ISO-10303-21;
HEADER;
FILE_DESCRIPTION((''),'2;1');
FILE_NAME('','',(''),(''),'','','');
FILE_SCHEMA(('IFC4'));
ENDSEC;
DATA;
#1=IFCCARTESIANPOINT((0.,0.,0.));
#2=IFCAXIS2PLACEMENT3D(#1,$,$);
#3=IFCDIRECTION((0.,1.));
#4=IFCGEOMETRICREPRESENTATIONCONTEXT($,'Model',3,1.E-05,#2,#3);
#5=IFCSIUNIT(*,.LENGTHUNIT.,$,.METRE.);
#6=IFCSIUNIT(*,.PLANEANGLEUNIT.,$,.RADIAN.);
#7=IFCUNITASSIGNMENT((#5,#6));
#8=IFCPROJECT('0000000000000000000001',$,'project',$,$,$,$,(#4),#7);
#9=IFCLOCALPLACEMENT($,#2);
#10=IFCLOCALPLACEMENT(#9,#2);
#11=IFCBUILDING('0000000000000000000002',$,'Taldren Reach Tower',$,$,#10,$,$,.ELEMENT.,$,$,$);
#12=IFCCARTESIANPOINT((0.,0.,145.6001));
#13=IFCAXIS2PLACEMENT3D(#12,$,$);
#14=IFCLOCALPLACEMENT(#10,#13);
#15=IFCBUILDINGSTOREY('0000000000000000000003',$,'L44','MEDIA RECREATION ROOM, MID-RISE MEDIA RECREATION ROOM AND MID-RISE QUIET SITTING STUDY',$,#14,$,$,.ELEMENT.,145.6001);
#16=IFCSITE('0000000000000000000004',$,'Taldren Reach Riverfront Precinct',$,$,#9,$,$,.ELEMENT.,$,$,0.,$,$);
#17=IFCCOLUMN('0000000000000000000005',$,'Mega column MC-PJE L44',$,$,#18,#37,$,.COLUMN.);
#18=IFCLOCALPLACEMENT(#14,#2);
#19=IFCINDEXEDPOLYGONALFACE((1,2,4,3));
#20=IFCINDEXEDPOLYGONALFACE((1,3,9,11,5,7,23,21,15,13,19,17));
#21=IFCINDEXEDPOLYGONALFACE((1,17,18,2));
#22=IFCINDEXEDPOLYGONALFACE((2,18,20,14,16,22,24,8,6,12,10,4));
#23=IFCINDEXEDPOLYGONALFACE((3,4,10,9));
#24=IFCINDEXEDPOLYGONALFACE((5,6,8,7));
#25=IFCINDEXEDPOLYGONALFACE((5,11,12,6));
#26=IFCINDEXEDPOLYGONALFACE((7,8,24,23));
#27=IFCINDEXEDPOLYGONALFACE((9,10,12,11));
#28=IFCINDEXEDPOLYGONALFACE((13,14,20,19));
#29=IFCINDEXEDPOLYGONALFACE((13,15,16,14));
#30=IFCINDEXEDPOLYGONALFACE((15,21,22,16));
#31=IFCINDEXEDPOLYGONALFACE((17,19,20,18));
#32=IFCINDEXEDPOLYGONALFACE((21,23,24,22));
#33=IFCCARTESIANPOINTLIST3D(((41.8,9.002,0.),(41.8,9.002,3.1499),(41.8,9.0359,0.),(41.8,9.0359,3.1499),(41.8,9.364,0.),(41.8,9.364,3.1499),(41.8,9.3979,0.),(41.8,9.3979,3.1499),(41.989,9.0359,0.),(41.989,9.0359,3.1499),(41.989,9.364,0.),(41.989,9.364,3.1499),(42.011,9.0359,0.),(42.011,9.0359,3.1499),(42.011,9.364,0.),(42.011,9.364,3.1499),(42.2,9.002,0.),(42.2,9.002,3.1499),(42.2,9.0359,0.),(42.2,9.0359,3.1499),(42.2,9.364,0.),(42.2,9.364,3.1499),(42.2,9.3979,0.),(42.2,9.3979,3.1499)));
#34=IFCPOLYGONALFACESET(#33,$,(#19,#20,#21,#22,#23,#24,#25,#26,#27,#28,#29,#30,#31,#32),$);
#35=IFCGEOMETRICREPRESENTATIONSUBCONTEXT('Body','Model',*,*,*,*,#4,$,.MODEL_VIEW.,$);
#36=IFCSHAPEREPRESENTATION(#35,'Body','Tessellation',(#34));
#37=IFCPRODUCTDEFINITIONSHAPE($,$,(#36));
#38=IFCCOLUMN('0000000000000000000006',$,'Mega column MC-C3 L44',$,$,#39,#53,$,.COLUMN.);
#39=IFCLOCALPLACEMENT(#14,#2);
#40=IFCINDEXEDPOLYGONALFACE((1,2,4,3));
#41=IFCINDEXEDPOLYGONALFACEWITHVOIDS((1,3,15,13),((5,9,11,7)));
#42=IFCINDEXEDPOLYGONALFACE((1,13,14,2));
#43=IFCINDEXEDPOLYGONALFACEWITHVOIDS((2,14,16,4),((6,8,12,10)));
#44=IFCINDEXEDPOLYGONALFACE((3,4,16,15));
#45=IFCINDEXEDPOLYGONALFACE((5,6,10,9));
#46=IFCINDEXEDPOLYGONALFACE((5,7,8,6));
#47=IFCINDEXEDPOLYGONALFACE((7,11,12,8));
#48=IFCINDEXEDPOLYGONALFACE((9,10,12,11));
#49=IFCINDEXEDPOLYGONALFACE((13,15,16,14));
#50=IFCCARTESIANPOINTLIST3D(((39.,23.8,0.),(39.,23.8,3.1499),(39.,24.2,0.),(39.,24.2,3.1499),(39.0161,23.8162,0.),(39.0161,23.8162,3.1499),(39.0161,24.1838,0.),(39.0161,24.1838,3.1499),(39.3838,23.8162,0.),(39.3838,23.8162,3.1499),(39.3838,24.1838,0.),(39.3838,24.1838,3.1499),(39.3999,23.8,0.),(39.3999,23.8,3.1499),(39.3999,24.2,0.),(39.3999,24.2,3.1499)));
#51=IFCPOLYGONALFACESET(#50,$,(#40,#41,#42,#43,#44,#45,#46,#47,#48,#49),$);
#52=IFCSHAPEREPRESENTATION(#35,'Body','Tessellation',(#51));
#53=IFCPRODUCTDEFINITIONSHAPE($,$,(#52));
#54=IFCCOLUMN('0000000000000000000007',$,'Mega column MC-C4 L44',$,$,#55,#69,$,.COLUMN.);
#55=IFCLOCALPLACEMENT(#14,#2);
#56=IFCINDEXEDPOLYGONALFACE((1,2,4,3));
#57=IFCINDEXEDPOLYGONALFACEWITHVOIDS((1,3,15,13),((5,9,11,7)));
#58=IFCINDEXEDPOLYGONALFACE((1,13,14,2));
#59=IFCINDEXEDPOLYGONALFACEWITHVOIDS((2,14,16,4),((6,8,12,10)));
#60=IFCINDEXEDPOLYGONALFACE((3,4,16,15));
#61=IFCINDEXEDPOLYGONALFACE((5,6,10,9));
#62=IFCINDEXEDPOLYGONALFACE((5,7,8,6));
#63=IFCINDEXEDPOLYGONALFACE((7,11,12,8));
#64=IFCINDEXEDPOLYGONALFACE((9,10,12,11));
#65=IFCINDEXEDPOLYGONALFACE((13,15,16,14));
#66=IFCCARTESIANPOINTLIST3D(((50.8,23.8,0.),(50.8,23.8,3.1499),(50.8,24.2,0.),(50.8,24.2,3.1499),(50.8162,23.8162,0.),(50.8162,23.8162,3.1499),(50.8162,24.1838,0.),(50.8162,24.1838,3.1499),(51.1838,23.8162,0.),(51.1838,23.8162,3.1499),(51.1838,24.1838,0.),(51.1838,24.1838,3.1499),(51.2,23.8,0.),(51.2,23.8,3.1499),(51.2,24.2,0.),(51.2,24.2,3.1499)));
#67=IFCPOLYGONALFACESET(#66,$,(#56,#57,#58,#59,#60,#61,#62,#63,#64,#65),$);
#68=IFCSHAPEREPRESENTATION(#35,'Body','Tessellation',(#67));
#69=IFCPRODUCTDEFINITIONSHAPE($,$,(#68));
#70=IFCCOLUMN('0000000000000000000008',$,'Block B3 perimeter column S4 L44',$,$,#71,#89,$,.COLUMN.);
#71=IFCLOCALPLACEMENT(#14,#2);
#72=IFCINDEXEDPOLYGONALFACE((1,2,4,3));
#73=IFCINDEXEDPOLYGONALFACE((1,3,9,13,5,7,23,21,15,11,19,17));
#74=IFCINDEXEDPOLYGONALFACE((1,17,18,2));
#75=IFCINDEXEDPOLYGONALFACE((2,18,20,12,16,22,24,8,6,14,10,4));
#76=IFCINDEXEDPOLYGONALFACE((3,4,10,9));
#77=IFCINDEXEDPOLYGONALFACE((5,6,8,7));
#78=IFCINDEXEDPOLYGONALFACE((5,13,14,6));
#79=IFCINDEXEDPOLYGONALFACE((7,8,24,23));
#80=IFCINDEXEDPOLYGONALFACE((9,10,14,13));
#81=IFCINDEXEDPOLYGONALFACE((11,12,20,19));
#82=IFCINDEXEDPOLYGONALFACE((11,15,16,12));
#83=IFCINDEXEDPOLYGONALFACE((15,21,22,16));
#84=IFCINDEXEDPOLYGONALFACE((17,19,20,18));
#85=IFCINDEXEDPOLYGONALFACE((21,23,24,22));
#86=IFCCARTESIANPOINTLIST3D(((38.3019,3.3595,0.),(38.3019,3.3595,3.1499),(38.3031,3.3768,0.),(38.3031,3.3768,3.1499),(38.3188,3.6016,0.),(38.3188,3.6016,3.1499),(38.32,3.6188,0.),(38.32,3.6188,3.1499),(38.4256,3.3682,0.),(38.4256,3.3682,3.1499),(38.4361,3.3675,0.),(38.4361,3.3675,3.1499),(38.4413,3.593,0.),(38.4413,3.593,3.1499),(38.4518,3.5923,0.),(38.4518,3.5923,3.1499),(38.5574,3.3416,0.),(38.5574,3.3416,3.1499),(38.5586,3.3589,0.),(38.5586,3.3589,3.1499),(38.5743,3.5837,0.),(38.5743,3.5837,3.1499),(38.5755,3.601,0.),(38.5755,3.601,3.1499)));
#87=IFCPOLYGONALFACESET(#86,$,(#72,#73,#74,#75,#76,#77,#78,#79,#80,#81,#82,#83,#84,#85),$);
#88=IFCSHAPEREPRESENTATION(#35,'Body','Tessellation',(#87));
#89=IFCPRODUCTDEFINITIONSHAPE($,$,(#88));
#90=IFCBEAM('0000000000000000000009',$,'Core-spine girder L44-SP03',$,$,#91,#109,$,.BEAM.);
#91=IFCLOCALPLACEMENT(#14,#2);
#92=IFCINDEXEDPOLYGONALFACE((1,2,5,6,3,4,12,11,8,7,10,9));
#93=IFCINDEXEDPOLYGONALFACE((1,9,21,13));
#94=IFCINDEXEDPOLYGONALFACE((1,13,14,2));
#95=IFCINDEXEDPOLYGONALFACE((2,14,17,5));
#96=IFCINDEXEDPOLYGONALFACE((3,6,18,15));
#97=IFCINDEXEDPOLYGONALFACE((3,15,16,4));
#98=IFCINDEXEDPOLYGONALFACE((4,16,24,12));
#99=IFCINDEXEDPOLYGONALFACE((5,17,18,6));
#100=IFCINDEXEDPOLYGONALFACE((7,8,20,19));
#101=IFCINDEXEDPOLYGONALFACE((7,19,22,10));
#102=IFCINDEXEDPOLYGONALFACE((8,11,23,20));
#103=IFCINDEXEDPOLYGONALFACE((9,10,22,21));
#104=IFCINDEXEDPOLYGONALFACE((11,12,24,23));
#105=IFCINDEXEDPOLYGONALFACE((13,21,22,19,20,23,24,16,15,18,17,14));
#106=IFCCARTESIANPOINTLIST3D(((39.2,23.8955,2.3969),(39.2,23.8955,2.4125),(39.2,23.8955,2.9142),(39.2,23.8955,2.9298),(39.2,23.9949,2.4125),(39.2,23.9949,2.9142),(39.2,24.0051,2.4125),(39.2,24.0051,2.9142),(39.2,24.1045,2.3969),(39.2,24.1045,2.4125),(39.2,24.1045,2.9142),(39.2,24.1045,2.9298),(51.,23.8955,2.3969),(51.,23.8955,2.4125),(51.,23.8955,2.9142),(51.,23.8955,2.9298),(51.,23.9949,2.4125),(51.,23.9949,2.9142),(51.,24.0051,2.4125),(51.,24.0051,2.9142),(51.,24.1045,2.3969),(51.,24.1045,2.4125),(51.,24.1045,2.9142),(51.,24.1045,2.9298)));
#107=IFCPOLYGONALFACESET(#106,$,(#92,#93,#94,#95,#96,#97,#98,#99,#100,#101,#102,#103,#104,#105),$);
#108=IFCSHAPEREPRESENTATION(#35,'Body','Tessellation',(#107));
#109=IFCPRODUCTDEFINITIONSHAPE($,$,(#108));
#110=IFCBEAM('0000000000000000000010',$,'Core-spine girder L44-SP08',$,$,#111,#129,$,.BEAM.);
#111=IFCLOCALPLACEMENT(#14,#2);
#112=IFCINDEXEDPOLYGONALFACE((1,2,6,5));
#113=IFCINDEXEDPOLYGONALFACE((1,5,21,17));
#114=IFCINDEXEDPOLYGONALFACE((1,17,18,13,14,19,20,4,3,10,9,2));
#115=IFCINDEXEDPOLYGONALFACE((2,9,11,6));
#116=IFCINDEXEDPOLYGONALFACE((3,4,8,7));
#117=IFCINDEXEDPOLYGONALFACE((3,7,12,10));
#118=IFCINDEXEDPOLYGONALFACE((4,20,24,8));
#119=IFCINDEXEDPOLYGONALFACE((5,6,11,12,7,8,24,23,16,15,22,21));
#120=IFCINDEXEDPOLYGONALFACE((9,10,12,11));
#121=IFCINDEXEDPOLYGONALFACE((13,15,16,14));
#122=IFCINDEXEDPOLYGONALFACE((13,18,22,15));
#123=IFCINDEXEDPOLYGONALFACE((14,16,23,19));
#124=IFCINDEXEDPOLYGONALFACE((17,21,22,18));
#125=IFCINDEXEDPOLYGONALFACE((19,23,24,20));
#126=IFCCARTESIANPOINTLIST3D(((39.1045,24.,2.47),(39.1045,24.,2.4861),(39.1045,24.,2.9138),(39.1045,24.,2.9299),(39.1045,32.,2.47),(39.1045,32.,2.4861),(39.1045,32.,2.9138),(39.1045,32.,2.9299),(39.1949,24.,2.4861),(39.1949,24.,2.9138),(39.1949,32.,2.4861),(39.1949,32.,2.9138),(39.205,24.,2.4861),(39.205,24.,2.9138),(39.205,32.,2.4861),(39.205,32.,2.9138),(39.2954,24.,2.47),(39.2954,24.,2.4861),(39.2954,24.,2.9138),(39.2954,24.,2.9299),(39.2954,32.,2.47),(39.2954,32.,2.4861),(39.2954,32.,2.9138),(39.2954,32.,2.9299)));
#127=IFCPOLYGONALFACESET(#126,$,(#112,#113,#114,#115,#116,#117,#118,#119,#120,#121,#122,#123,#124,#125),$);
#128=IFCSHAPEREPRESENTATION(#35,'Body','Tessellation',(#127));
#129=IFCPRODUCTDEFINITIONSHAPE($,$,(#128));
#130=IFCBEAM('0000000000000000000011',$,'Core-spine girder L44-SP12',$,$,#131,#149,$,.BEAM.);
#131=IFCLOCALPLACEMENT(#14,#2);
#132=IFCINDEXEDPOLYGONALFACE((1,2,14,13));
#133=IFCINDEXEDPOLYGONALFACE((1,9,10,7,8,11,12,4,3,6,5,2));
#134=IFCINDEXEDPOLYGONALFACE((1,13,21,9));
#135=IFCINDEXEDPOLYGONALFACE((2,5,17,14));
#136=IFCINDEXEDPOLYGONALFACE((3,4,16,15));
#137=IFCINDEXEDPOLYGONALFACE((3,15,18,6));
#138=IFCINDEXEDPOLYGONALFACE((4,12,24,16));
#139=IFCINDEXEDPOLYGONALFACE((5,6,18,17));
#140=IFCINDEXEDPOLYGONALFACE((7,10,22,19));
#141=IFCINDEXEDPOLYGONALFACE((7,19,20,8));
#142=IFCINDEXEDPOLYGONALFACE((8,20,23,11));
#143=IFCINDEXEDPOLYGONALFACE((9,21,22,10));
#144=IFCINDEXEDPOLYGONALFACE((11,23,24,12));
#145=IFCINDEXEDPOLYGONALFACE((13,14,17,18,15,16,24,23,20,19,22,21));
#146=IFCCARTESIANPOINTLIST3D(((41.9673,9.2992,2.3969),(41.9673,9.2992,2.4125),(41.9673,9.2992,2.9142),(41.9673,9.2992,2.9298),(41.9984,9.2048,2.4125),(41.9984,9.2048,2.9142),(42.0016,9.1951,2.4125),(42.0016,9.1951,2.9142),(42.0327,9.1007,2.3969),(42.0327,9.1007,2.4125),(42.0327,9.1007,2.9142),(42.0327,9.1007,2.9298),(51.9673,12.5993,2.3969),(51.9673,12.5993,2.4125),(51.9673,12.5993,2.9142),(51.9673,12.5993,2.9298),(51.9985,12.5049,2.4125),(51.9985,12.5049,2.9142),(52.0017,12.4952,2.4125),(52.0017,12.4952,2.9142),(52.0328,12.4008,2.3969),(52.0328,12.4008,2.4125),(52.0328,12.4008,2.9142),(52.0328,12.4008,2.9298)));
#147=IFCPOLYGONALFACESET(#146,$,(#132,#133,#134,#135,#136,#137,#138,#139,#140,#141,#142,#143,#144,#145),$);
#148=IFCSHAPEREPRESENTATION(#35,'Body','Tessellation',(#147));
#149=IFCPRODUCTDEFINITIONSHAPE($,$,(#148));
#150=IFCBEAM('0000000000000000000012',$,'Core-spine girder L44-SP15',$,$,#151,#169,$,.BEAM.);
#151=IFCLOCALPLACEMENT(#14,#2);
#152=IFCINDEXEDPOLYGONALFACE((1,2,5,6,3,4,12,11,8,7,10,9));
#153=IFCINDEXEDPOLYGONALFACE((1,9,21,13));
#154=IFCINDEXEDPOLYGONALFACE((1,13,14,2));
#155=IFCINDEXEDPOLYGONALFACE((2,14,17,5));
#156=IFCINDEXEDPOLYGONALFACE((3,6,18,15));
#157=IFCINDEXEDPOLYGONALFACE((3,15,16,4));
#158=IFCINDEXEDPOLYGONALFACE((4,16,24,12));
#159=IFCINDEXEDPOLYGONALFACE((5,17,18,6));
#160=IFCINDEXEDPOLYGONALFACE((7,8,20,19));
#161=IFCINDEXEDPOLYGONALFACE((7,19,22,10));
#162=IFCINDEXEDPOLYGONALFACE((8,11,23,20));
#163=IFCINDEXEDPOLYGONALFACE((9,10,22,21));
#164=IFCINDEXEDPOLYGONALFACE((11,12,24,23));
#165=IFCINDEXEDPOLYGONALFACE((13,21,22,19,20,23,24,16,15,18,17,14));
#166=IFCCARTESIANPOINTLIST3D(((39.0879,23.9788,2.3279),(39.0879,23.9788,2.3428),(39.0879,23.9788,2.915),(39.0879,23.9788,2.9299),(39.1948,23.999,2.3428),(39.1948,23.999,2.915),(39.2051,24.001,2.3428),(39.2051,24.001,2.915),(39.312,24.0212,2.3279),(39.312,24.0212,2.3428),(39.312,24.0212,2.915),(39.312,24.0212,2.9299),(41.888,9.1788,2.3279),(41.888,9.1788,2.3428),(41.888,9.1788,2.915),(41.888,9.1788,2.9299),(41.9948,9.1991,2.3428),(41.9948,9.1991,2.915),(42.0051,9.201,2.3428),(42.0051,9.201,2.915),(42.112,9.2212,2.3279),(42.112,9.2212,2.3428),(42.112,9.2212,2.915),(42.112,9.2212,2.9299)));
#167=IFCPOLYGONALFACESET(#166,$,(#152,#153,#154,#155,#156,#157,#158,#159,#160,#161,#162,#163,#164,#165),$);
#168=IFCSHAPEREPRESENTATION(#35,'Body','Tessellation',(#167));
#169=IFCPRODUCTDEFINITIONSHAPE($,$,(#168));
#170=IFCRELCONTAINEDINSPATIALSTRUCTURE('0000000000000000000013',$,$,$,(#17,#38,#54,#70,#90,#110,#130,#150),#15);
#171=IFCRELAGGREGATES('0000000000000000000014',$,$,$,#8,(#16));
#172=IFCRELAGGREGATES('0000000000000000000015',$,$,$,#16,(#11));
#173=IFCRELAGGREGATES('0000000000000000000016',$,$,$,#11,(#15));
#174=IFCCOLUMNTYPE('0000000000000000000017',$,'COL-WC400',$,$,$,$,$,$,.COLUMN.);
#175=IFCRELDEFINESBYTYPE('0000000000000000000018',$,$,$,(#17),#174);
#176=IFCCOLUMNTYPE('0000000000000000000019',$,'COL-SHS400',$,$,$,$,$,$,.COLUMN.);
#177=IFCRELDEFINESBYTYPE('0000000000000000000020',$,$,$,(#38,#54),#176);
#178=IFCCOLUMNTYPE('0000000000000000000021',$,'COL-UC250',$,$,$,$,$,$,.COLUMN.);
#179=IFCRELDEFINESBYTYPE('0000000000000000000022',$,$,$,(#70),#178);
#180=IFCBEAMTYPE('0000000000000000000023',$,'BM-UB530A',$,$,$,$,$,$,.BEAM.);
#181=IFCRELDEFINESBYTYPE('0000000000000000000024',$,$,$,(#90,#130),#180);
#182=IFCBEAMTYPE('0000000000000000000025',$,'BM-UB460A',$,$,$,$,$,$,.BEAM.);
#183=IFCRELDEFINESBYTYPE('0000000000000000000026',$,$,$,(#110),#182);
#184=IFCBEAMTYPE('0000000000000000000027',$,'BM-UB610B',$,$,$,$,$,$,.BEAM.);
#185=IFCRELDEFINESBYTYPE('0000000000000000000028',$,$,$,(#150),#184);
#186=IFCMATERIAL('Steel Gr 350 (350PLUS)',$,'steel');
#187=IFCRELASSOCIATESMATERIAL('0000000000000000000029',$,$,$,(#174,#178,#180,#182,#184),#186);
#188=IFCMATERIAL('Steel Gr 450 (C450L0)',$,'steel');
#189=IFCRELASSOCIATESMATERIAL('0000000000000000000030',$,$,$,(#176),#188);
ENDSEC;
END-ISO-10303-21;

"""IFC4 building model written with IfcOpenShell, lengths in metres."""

from ifc_helpers import new_model, si_unit, direction, frame, origin, origin_2d, place, context, subcontext, project, spatial, hollow_rectangle, i_section, extrude, source, transform, mapped, material, material_profile, profile_set, type_object, element, save


model = new_model("IFC4")

# Units and contexts
model_context = context("Model", 3, precision=1e-05, world=origin(), true_north=direction((0.0, 1.0)))
body_context = subcontext(model_context, "Body", "Model", "MODEL_VIEW")
ifc_project = project(units=[si_unit("LENGTHUNIT", "METRE"), si_unit("PLANEANGLEUNIT", "RADIAN")], contexts=[model_context])

# Site, building, storey
site_placement = place(None, origin())
site = spatial("IfcSite", under=ifc_project, at=site_placement, Name="Taldren Reach Riverfront Precinct", CompositionType="ELEMENT", RefElevation=0.0)
building_placement = place(site_placement, origin())
building = spatial("IfcBuilding", under=site, at=building_placement, Name="Taldren Reach Tower", CompositionType="ELEMENT")
storey_placement = place(building_placement, frame((0.0, 0.0, 145.6001)))
storey = spatial("IfcBuildingStorey", under=building, at=storey_placement, Name="L44", Description="MEDIA RECREATION ROOM, MID-RISE MEDIA RECREATION ROOM AND MID-RISE QUIET SITTING STUDY", CompositionType="ELEMENT", Elevation=145.6001)

# Columns
ifc_material_1 = material(Name="Steel Gr 350 (350PLUS)", Category="steel")
ifc_material_profile_1 = material_profile(ifc_material_1, i_section(OverallWidth=0.3999, OverallDepth=0.396, WebThickness=0.022, FlangeThickness=0.0339, at=origin_2d()), Name="400WC270")
ifc_profile_set_1 = profile_set([ifc_material_profile_1], Name="Steel Gr 350 (350PLUS)")
column_type_1 = type_object("IfcColumnType", Name="COL-WC400", PredefinedType="COLUMN", material=ifc_profile_set_1)
shared_shape_1 = source(origin(), body_context, "Body", "SweptSolid", [
    extrude(i_section(OverallWidth=0.3999, OverallDepth=0.396, WebThickness=0.022, FlangeThickness=0.0339, at=origin_2d()), origin(), (0.0, 0.0, 1.0), 3.1499),
])
column_1_placement = place(storey_placement, frame((42.0, 9.2, 0.0), z_axis=(0.0, 0.0, 1.0), x_axis=(1.0, 0.0, 0.0)))
element("IfcColumn", 1, at=column_1_placement, inside=storey, type_object=column_type_1, Name="Mega column MC-PJE L44", PredefinedType="COLUMN", context=body_context, shape_type="MappedRepresentation", body=[
    mapped(shared_shape_1, transform((0.0, 0.0, 0.0), scale=1.0)),
])
ifc_material_2 = material(Name="Steel Gr 450 (C450L0)", Category="steel")
ifc_material_profile_2 = material_profile(ifc_material_2, hollow_rectangle(XDim=0.3999, YDim=0.3999, WallThickness=0.0161, at=origin_2d()), Name="400x400x16.0SHS")
ifc_profile_set_2 = profile_set([ifc_material_profile_2], Name="Steel Gr 450 (C450L0)")
column_type_2 = type_object("IfcColumnType", Name="COL-SHS400", PredefinedType="COLUMN", material=ifc_profile_set_2)
shared_shape_2 = source(origin(), body_context, "Body", "SweptSolid", [
    extrude(hollow_rectangle(XDim=0.3999, YDim=0.3999, WallThickness=0.0161, at=origin_2d()), origin(), (0.0, 0.0, 1.0), 3.1499),
])
for number, where, z_axis, x_axis, name in (
    (2, (39.2, 24.0, 0.0), (0.0, 0.0, 1.0), (1.0, 0.0, 0.0), "Mega column MC-C3 L44"),
    (3, (51.0, 24.0, 0.0), (0.0, 0.0, 1.0), (1.0, 0.0, 0.0), "Mega column MC-C4 L44"),
):
    element("IfcColumn", number, at=place(storey_placement, frame(where, z_axis=z_axis, x_axis=x_axis)), inside=storey, type_object=column_type_2, Name=name, PredefinedType="COLUMN", context=body_context, shape_type="MappedRepresentation", body=[
        mapped(shared_shape_2, transform((0.0, 0.0, 0.0), scale=1.0)),
    ])
ifc_material_profile_3 = material_profile(ifc_material_1, i_section(OverallWidth=0.2561, OverallDepth=0.26, WebThickness=0.0105, FlangeThickness=0.0173, at=origin_2d()), Name="250UC89.5")
ifc_profile_set_3 = profile_set([ifc_material_profile_3], Name="Steel Gr 350 (350PLUS)")
column_type_3 = type_object("IfcColumnType", Name="COL-UC250", PredefinedType="COLUMN", material=ifc_profile_set_3)
shared_shape_3 = source(origin(), body_context, "Body", "SweptSolid", [
    extrude(i_section(OverallWidth=0.2561, OverallDepth=0.26, WebThickness=0.0105, FlangeThickness=0.0173, at=origin_2d()), origin(), (0.0, 0.0, 1.0), 3.1499),
])
column_2_placement = place(storey_placement, frame((38.4387, 3.4802, 0.0), z_axis=(0.0, 0.0, 1.0), x_axis=(0.997564, -0.069756, 0.0)))
element("IfcColumn", 4, at=column_2_placement, inside=storey, type_object=column_type_3, Name="Block B3 perimeter column S4 L44", PredefinedType="COLUMN", context=body_context, shape_type="MappedRepresentation", body=[
    mapped(shared_shape_3, transform((0.0, 0.0, 0.0), scale=1.0)),
])

# Beams
ifc_material_profile_4 = material_profile(ifc_material_1, i_section(OverallWidth=0.209, OverallDepth=0.533, WebThickness=0.0103, FlangeThickness=0.0156, at=origin_2d()), Name="530UB92.4")
ifc_profile_set_4 = profile_set([ifc_material_profile_4], Name="Steel Gr 350 (350PLUS)")
beam_type_1 = type_object("IfcBeamType", Name="BM-UB530A", PredefinedType="BEAM", material=ifc_profile_set_4)
shared_shape_4 = source(origin(), body_context, "Body", "SweptSolid", [
    extrude(i_section(OverallWidth=0.209, OverallDepth=0.533, WebThickness=0.0103, FlangeThickness=0.0156, at=origin_2d()), origin(), (0.0, 0.0, 1.0), 11.8),
])
beam_1_placement = place(storey_placement, frame((39.2, 24.0, 2.6633), z_axis=(1.0, 0.0, 0.0), x_axis=(0.0, 1.0, 0.0)))
element("IfcBeam", 5, at=beam_1_placement, inside=storey, type_object=beam_type_1, Name="Core-spine girder L44-SP03", PredefinedType="BEAM", context=body_context, shape_type="MappedRepresentation", body=[
    mapped(shared_shape_4, transform((0.0, 0.0, 0.0), scale=1.0)),
])
ifc_material_profile_5 = material_profile(ifc_material_1, i_section(OverallWidth=0.1909, OverallDepth=0.46, WebThickness=0.01, FlangeThickness=0.0161, at=origin_2d()), Name="460UB82.1")
ifc_profile_set_5 = profile_set([ifc_material_profile_5], Name="Steel Gr 350 (350PLUS)")
beam_type_2 = type_object("IfcBeamType", Name="BM-UB460A", PredefinedType="BEAM", material=ifc_profile_set_5)
shared_shape_5 = source(origin(), body_context, "Body", "SweptSolid", [
    extrude(i_section(OverallWidth=0.1909, OverallDepth=0.46, WebThickness=0.01, FlangeThickness=0.0161, at=origin_2d()), origin(), (0.0, 0.0, 1.0), 8.0),
])
beam_2_placement = place(storey_placement, frame((39.2, 24.0, 2.7), z_axis=(0.0, 1.0, 0.0), x_axis=(-1.0, 0.0, 0.0)))
element("IfcBeam", 6, at=beam_2_placement, inside=storey, type_object=beam_type_2, Name="Core-spine girder L44-SP08", PredefinedType="BEAM", context=body_context, shape_type="MappedRepresentation", body=[
    mapped(shared_shape_5, transform((0.0, 0.0, 0.0), scale=1.0)),
])
shared_shape_6 = source(origin(), body_context, "Body", "SweptSolid", [
    extrude(i_section(OverallWidth=0.209, OverallDepth=0.533, WebThickness=0.0103, FlangeThickness=0.0156, at=origin_2d()), origin(), (0.0, 0.0, 1.0), 10.5305),
])
beam_3_placement = place(storey_placement, frame((42.0, 9.2, 2.6633), z_axis=(0.949627, 0.313382, 0.0), x_axis=(-0.313382, 0.949627, 0.0)))
element("IfcBeam", 7, at=beam_3_placement, inside=storey, type_object=beam_type_1, Name="Core-spine girder L44-SP12", PredefinedType="BEAM", context=body_context, shape_type="MappedRepresentation", body=[
    mapped(shared_shape_6, transform((0.0, 0.0, 0.0), scale=1.0)),
])
ifc_material_profile_6 = material_profile(ifc_material_1, i_section(OverallWidth=0.228, OverallDepth=0.6021, WebThickness=0.0105, FlangeThickness=0.0149, at=origin_2d()), Name="610UB101")
ifc_profile_set_6 = profile_set([ifc_material_profile_6], Name="Steel Gr 350 (350PLUS)")
beam_type_3 = type_object("IfcBeamType", Name="BM-UB610B", PredefinedType="BEAM", material=ifc_profile_set_6)
shared_shape_7 = source(origin(), body_context, "Body", "SweptSolid", [
    extrude(i_section(OverallWidth=0.228, OverallDepth=0.6021, WebThickness=0.0105, FlangeThickness=0.0149, at=origin_2d()), origin(), (0.0, 0.0, 1.0), 15.0625),
])
beam_4_placement = place(storey_placement, frame((39.2, 24.0, 2.6289), z_axis=(0.185894, -0.98257, 0.0), x_axis=(0.98257, 0.185894, 0.0)))
element("IfcBeam", 8, at=beam_4_placement, inside=storey, type_object=beam_type_3, Name="Core-spine girder L44-SP15", PredefinedType="BEAM", context=body_context, shape_type="MappedRepresentation", body=[
    mapped(shared_shape_7, transform((0.0, 0.0, 0.0), scale=1.0)),
])

save(model, "model.ifc")
